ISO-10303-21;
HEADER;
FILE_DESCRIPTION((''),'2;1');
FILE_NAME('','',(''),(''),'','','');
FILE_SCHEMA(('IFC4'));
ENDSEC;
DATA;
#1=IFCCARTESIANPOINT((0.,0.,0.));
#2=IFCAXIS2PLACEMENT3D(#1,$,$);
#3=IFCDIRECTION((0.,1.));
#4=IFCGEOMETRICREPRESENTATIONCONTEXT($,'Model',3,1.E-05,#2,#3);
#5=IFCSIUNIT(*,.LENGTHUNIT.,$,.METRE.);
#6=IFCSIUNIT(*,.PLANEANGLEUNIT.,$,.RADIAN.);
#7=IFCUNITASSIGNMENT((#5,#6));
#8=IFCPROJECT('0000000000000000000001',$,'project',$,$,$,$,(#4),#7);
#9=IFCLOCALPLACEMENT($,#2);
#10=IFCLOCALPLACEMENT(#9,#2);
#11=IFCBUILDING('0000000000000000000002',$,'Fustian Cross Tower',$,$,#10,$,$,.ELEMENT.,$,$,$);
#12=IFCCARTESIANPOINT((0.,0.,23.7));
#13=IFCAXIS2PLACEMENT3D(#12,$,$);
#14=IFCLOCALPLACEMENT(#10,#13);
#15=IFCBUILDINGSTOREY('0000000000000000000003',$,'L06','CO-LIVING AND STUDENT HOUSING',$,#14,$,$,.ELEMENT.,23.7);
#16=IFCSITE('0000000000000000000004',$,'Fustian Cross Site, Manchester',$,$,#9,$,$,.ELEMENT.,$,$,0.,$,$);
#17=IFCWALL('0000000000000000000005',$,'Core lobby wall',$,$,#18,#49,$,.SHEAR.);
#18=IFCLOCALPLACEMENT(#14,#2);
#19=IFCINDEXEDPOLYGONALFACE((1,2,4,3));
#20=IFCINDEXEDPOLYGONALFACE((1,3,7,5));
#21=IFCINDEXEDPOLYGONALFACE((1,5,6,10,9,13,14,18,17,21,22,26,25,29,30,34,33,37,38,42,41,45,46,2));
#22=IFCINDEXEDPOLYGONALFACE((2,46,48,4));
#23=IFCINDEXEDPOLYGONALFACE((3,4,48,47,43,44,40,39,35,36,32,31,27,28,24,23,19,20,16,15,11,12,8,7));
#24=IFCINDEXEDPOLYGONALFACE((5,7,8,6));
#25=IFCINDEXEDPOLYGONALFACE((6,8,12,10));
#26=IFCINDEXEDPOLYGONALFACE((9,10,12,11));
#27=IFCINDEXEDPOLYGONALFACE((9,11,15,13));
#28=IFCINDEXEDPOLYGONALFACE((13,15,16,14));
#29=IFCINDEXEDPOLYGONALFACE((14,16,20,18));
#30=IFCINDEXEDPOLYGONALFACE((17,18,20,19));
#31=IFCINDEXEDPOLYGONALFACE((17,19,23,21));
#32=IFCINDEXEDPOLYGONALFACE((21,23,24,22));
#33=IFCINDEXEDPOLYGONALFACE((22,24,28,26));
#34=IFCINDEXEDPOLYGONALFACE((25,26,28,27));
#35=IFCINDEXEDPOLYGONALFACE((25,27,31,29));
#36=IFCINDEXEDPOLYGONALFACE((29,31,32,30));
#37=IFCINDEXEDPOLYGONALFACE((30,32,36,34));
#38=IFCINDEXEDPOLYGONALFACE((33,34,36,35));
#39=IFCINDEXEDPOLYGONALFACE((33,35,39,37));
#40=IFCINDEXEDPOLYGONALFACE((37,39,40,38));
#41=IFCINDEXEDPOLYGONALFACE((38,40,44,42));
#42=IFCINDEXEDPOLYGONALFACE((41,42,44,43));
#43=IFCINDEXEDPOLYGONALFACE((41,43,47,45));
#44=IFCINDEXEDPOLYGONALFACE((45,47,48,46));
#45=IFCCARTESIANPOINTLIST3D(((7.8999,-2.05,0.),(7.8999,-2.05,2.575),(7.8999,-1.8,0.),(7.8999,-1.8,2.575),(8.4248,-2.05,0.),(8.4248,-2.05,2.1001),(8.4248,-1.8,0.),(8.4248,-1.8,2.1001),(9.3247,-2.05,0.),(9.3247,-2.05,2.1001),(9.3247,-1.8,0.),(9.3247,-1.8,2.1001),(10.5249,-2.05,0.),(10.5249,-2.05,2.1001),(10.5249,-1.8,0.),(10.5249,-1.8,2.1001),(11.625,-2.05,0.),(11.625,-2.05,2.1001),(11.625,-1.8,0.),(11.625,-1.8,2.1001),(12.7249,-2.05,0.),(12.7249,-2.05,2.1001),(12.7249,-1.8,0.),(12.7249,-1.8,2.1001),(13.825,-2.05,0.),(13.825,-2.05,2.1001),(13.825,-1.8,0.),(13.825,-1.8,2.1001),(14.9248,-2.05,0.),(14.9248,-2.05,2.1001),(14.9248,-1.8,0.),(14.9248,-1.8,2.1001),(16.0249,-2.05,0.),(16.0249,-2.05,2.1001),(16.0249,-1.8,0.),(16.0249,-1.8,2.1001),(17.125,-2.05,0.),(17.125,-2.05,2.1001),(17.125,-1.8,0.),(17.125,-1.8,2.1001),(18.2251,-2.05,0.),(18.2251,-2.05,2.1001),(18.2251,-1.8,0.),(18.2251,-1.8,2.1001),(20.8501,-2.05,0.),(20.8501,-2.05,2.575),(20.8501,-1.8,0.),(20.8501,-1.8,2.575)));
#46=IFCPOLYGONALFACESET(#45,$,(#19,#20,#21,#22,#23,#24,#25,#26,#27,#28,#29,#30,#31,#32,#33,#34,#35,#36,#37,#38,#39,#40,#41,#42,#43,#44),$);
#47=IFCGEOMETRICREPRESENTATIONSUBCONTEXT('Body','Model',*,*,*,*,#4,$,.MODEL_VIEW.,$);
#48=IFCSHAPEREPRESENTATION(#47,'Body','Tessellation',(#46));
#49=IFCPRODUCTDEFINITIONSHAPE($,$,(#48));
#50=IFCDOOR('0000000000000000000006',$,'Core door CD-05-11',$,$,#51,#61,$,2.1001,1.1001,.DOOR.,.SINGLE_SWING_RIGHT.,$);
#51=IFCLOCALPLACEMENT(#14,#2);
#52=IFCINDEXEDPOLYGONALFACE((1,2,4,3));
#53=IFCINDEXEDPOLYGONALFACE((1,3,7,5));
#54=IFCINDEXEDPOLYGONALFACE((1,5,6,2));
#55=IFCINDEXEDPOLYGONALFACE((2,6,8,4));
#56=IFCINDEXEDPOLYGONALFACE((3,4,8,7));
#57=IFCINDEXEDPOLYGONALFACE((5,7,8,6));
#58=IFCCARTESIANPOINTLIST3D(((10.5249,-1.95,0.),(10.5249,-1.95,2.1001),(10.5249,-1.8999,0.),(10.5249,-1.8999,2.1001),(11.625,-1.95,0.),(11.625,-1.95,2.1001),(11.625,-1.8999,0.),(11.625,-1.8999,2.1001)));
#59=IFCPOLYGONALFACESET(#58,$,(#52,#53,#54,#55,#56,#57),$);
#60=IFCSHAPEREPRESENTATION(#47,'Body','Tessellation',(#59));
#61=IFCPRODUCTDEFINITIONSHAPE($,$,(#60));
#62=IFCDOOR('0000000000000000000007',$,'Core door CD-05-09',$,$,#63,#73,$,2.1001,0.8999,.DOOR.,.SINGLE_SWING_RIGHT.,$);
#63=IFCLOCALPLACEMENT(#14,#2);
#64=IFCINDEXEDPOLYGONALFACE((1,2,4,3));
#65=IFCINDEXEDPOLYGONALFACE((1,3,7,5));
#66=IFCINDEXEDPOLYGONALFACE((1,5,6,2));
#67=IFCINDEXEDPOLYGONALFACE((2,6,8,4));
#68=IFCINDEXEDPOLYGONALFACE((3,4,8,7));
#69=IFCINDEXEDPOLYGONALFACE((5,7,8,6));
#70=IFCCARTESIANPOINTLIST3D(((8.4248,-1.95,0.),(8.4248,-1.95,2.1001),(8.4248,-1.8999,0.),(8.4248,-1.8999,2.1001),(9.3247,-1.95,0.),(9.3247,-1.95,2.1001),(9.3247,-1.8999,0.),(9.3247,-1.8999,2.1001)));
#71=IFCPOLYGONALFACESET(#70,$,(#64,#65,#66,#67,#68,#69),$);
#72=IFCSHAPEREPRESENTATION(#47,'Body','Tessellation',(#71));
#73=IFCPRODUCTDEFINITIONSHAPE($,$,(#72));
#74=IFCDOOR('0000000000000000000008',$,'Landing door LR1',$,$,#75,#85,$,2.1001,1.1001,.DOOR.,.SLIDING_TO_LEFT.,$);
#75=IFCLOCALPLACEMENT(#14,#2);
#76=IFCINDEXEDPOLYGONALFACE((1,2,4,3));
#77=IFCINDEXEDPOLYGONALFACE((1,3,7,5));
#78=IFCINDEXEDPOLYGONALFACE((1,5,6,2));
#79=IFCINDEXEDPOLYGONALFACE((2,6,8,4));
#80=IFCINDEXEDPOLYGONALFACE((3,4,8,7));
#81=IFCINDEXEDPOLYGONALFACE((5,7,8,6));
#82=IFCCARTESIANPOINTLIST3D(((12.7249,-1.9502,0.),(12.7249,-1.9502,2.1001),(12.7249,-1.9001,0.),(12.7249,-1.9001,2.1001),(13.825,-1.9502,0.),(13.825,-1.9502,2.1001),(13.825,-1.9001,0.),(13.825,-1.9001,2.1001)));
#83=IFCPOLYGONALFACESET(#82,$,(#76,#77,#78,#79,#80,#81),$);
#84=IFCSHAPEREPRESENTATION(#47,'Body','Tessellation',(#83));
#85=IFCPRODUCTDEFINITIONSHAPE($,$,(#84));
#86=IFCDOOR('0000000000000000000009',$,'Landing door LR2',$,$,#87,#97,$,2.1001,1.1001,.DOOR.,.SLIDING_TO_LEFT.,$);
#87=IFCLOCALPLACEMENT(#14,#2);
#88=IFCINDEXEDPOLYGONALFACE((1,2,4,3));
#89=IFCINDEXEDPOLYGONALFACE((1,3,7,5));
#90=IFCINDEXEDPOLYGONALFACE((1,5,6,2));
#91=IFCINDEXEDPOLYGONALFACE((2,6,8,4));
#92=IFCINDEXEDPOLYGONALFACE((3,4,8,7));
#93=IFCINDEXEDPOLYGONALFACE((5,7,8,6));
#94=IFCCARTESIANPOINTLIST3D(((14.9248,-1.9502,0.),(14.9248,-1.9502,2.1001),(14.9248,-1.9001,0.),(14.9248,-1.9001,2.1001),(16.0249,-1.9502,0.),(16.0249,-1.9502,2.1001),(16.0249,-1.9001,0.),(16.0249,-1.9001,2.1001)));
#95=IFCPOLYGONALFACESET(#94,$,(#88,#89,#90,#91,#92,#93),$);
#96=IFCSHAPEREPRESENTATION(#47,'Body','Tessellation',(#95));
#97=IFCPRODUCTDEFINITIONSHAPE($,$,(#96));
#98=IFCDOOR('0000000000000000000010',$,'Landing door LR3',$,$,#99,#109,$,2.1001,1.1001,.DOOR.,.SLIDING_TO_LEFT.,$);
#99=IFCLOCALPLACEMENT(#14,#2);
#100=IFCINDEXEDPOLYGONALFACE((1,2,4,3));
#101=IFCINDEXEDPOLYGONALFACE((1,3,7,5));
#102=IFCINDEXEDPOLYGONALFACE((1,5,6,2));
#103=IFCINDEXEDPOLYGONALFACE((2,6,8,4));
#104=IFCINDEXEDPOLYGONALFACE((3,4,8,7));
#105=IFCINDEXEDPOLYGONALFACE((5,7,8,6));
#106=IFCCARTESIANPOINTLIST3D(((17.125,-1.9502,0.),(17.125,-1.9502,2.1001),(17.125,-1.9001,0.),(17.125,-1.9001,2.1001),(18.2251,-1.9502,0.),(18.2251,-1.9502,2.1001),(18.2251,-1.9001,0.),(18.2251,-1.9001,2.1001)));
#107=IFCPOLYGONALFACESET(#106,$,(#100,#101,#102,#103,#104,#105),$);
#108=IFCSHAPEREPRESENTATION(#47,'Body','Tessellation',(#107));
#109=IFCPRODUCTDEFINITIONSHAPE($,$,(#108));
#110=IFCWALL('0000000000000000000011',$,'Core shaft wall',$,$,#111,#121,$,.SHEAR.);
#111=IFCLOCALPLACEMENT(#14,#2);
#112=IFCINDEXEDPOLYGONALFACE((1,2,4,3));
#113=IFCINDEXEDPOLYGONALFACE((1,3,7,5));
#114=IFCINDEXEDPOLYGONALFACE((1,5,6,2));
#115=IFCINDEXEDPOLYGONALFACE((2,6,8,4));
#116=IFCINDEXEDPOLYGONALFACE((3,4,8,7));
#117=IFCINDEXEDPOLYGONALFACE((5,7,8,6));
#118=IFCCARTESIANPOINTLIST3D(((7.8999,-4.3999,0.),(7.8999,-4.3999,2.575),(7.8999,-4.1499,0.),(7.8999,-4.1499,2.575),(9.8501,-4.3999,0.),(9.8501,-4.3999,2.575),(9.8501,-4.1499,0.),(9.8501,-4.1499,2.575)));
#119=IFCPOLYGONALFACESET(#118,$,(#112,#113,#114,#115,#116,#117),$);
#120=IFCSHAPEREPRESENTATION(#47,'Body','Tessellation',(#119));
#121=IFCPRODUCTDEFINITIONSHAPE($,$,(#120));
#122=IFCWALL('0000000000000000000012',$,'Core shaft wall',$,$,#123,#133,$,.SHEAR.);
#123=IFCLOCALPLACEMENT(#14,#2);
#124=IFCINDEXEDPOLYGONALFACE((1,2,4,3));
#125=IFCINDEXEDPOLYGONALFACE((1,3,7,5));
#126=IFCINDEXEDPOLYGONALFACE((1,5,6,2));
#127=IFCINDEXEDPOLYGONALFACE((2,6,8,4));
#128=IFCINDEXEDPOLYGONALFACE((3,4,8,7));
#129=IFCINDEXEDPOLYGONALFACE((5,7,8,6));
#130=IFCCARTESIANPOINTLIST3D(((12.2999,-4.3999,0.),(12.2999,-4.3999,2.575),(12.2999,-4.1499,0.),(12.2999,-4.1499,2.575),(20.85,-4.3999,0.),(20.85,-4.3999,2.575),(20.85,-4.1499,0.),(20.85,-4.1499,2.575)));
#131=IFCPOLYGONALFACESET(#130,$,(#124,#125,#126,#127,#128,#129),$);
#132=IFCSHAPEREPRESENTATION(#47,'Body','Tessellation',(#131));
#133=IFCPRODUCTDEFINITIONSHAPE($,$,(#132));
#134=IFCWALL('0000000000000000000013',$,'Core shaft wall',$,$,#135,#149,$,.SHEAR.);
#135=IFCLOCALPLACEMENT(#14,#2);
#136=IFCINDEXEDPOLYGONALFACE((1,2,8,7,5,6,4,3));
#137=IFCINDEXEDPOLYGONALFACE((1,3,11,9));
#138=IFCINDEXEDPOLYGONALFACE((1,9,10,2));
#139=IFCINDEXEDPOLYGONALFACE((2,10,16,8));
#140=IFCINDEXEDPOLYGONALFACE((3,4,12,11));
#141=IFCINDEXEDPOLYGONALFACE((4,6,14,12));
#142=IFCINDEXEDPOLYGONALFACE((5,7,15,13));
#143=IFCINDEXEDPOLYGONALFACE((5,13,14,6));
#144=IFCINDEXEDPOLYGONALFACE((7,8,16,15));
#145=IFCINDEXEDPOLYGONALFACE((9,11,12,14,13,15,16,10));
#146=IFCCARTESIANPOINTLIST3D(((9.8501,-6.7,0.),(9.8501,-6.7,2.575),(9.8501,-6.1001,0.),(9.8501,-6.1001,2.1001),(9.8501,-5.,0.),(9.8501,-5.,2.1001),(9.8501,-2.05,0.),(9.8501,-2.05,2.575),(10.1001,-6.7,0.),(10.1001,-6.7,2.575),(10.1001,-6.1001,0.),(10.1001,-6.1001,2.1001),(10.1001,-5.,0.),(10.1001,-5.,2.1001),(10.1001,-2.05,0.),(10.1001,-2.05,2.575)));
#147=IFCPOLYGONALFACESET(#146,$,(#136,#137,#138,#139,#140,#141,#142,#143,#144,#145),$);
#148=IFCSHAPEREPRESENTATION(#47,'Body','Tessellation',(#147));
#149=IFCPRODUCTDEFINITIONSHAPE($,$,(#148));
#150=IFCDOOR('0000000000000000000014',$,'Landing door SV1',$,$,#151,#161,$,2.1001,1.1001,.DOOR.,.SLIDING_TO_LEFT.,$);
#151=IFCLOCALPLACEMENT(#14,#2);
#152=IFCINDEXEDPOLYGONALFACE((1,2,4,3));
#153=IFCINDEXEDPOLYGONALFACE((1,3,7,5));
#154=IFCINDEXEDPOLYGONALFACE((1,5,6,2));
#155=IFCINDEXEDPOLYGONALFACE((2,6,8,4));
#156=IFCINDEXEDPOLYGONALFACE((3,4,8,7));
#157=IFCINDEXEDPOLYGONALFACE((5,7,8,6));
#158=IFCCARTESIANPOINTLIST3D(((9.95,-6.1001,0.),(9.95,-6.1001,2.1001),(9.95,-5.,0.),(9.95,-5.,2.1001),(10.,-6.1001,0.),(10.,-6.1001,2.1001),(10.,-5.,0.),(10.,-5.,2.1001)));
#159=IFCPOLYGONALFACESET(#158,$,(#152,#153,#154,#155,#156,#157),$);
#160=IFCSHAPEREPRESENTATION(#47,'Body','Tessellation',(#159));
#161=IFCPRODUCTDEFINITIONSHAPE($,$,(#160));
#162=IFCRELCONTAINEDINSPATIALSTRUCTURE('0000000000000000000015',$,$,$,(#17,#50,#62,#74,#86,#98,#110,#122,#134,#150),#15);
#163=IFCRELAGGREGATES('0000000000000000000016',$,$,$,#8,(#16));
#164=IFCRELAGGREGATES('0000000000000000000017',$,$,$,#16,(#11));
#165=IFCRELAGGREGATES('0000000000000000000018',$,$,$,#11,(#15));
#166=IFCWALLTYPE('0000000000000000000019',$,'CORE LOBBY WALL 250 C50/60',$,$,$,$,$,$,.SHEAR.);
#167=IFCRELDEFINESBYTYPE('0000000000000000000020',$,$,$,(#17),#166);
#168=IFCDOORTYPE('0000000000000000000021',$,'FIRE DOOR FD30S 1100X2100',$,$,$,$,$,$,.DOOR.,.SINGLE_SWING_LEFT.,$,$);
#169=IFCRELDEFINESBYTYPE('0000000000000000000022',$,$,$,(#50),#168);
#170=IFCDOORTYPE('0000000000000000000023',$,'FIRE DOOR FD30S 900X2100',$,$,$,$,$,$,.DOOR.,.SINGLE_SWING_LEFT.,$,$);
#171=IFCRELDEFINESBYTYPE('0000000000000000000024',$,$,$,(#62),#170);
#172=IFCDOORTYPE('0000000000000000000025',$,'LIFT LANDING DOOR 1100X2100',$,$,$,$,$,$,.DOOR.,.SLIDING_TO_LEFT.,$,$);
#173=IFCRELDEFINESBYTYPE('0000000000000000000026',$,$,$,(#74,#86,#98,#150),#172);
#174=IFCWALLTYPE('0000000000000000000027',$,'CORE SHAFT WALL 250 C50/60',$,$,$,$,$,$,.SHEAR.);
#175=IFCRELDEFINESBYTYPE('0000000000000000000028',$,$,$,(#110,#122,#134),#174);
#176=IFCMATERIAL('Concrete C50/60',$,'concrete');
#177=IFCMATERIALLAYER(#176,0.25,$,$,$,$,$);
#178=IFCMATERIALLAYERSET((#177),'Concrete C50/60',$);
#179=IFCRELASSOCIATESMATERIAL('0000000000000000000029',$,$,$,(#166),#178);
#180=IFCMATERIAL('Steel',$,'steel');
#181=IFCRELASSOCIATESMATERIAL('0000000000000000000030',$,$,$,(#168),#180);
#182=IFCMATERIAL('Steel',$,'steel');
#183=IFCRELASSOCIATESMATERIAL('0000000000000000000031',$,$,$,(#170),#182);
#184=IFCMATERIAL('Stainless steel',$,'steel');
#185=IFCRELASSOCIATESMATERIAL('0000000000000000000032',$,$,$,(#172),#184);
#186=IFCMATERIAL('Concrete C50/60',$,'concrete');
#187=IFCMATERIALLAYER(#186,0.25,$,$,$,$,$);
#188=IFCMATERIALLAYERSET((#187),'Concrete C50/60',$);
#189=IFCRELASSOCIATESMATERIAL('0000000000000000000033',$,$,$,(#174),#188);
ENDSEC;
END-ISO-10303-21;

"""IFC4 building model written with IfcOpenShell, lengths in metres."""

from ifc_helpers import new_model, si_unit, direction, frame, frame_2d, origin, place, context, subcontext, project, spatial, rectangle, extrude, material, layer, layer_set, type_object, element, fill, save


model = new_model("IFC4")

# Units and contexts
model_context = context("Model", 3, precision=1e-05, world=origin(), true_north=direction((0.0, 1.0)))
body_context = subcontext(model_context, "Body", "Model", "MODEL_VIEW")
ifc_project = project(units=[si_unit("LENGTHUNIT", "METRE"), si_unit("PLANEANGLEUNIT", "RADIAN")], contexts=[model_context])

# Site, building, storey
site_placement = place(None, origin())
site = spatial("IfcSite", under=ifc_project, at=site_placement, Name="Fustian Cross Site, Manchester", CompositionType="ELEMENT", RefElevation=0.0)
building_placement = place(site_placement, origin())
building = spatial("IfcBuilding", under=site, at=building_placement, Name="Fustian Cross Tower", CompositionType="ELEMENT")
storey_placement = place(building_placement, frame((0.0, 0.0, 23.7)))
storey = spatial("IfcBuildingStorey", under=building, at=storey_placement, Name="L06", Description="CO-LIVING AND STUDENT HOUSING", CompositionType="ELEMENT", Elevation=23.7)

# Wall, openings, doors
ifc_material_1 = material(Name="Concrete C50/60", Category="concrete")
ifc_layer_1 = layer(ifc_material_1, 0.25)
ifc_layer_set_1 = layer_set([ifc_layer_1], Name="Concrete C50/60")
wall_type_1 = type_object("IfcWallType", Name="CORE LOBBY WALL 250 C50/60", PredefinedType="SHEAR", material=ifc_layer_set_1)
wall_1_placement = place(storey_placement, frame((7.8999, -1.925, 0.0), z_axis=(0.0, 0.0, 1.0), x_axis=(1.0, 0.0, 0.0)))
wall_1 = element("IfcWall", 1, at=wall_1_placement, inside=storey, type_object=wall_type_1, Name="Core lobby wall", PredefinedType="SHEAR", context=body_context, shape_type="SweptSolid", body=[
    extrude(rectangle(XDim=12.9502, YDim=0.25, at=frame_2d((6.4751, 0.0))), origin(), (0.0, 0.0, 1.0), 2.575),
])
opening_1_placement = place(wall_1_placement, frame((4.825, 0.0, 0.0)))
opening_1 = element("IfcOpeningElement", 2, at=opening_1_placement, cuts=wall_1, PredefinedType="OPENING", context=body_context, shape_type="SweptSolid", body=[
    extrude(rectangle(XDim=1.1001, YDim=2.1001, at=frame_2d((0.55, 1.05))), frame((0.0, 0.135, 0.0), z_axis=(0.0, -1.0, 0.0), x_axis=(1.0, 0.0, 0.0)), (0.0, 0.0, 1.0), 0.27),
])
opening_2_placement = place(wall_1_placement, frame((7.0249, 0.0, 0.0)))
opening_2 = element("IfcOpeningElement", 3, at=opening_2_placement, cuts=wall_1, PredefinedType="OPENING", context=body_context, shape_type="SweptSolid", body=[
    extrude(rectangle(XDim=1.1001, YDim=2.1001, at=frame_2d((0.55, 1.05))), frame((0.0, 0.135, 0.0), z_axis=(0.0, -1.0, 0.0), x_axis=(1.0, 0.0, 0.0)), (0.0, 0.0, 1.0), 0.27),
])
opening_3_placement = place(wall_1_placement, frame((9.2251, 0.0, 0.0)))
opening_3 = element("IfcOpeningElement", 4, at=opening_3_placement, cuts=wall_1, PredefinedType="OPENING", context=body_context, shape_type="SweptSolid", body=[
    extrude(rectangle(XDim=1.1001, YDim=2.1001, at=frame_2d((0.55, 1.05))), frame((0.0, 0.135, 0.0), z_axis=(0.0, -1.0, 0.0), x_axis=(1.0, 0.0, 0.0)), (0.0, 0.0, 1.0), 0.27),
])
opening_4_placement = place(wall_1_placement, frame((0.5249, 0.0, 0.0)))
opening_4 = element("IfcOpeningElement", 5, at=opening_4_placement, cuts=wall_1, PredefinedType="OPENING", context=body_context, shape_type="SweptSolid", body=[
    extrude(rectangle(XDim=0.8999, YDim=2.1001, at=frame_2d((0.45, 1.05))), frame((0.0, 0.135, 0.0), z_axis=(0.0, -1.0, 0.0), x_axis=(1.0, 0.0, 0.0)), (0.0, 0.0, 1.0), 0.27),
])
opening_5_placement = place(wall_1_placement, frame((2.625, 0.0, 0.0)))
opening_5 = element("IfcOpeningElement", 6, at=opening_5_placement, cuts=wall_1, PredefinedType="OPENING", context=body_context, shape_type="SweptSolid", body=[
    extrude(rectangle(XDim=1.1001, YDim=2.1001, at=frame_2d((0.55, 1.05))), frame((0.0, 0.135, 0.0), z_axis=(0.0, -1.0, 0.0), x_axis=(1.0, 0.0, 0.0)), (0.0, 0.0, 1.0), 0.27),
])
ifc_material_2 = material(Name="Steel", Category="steel")
door_type_1 = type_object("IfcDoorType", Name="FIRE DOOR FD30S 1100X2100", OperationType="SINGLE_SWING_LEFT", PredefinedType="DOOR", material=ifc_material_2)
door_1_placement = place(opening_5_placement, frame((1.1001, 0.0, 0.0), z_axis=(0.0, 0.0, 1.0), x_axis=(-1.0, 0.0, 0.0)))
door_1 = element("IfcDoor", 7, at=door_1_placement, inside=storey, type_object=door_type_1, Name="Core door CD-05-11", OperationType="SINGLE_SWING_RIGHT", OverallHeight=2.1001, OverallWidth=1.1001, PredefinedType="DOOR", context=body_context, shape_type="SweptSolid", body=[
    extrude(rectangle(XDim=1.1001, YDim=2.1001, at=frame_2d((0.55, 1.05))), frame((0.0, 0.0249, 0.0), z_axis=(0.0, -1.0, 0.0), x_axis=(1.0, 0.0, 0.0)), (0.0, 0.0, 1.0), 0.05),
])
fill(opening_5, door_1)
ifc_material_3 = material(Name="Steel", Category="steel")
door_type_2 = type_object("IfcDoorType", Name="FIRE DOOR FD30S 900X2100", OperationType="SINGLE_SWING_LEFT", PredefinedType="DOOR", material=ifc_material_3)
door_2_placement = place(opening_4_placement, frame((0.8999, 0.0, 0.0), z_axis=(0.0, 0.0, 1.0), x_axis=(-1.0, 0.0, 0.0)))
door_2 = element("IfcDoor", 8, at=door_2_placement, inside=storey, type_object=door_type_2, Name="Core door CD-05-09", OperationType="SINGLE_SWING_RIGHT", OverallHeight=2.1001, OverallWidth=0.8999, PredefinedType="DOOR", context=body_context, shape_type="SweptSolid", body=[
    extrude(rectangle(XDim=0.8999, YDim=2.1001, at=frame_2d((0.45, 1.05))), frame((0.0, 0.0249, 0.0), z_axis=(0.0, -1.0, 0.0), x_axis=(1.0, 0.0, 0.0)), (0.0, 0.0, 1.0), 0.05),
])
fill(opening_4, door_2)
ifc_material_4 = material(Name="Stainless steel", Category="steel")
door_type_3 = type_object("IfcDoorType", Name="LIFT LANDING DOOR 1100X2100", OperationType="SLIDING_TO_LEFT", PredefinedType="DOOR", material=ifc_material_4)
door_3_placement = place(opening_1_placement, origin())
door_3 = element("IfcDoor", 9, at=door_3_placement, inside=storey, type_object=door_type_3, Name="Landing door LR1", OperationType="SLIDING_TO_LEFT", OverallHeight=2.1001, OverallWidth=1.1001, PredefinedType="DOOR", context=body_context, shape_type="SweptSolid", body=[
    extrude(rectangle(XDim=1.1001, YDim=2.1001, at=frame_2d((0.55, 1.05))), frame((0.0, 0.0249, 0.0), z_axis=(0.0, -1.0, 0.0), x_axis=(1.0, 0.0, 0.0)), (0.0, 0.0, 1.0), 0.05),
])
fill(opening_1, door_3)
door_4_placement = place(opening_2_placement, origin())
door_4 = element("IfcDoor", 10, at=door_4_placement, inside=storey, type_object=door_type_3, Name="Landing door LR2", OperationType="SLIDING_TO_LEFT", OverallHeight=2.1001, OverallWidth=1.1001, PredefinedType="DOOR", context=body_context, shape_type="SweptSolid", body=[
    extrude(rectangle(XDim=1.1001, YDim=2.1001, at=frame_2d((0.55, 1.05))), frame((0.0, 0.0249, 0.0), z_axis=(0.0, -1.0, 0.0), x_axis=(1.0, 0.0, 0.0)), (0.0, 0.0, 1.0), 0.05),
])
fill(opening_2, door_4)
door_5_placement = place(opening_3_placement, origin())
door_5 = element("IfcDoor", 11, at=door_5_placement, inside=storey, type_object=door_type_3, Name="Landing door LR3", OperationType="SLIDING_TO_LEFT", OverallHeight=2.1001, OverallWidth=1.1001, PredefinedType="DOOR", context=body_context, shape_type="SweptSolid", body=[
    extrude(rectangle(XDim=1.1001, YDim=2.1001, at=frame_2d((0.55, 1.05))), frame((0.0, 0.0249, 0.0), z_axis=(0.0, -1.0, 0.0), x_axis=(1.0, 0.0, 0.0)), (0.0, 0.0, 1.0), 0.05),
])
fill(opening_3, door_5)

# Walls
ifc_material_5 = material(Name="Concrete C50/60", Category="concrete")
ifc_layer_2 = layer(ifc_material_5, 0.25)
ifc_layer_set_2 = layer_set([ifc_layer_2], Name="Concrete C50/60")
wall_type_2 = type_object("IfcWallType", Name="CORE SHAFT WALL 250 C50/60", PredefinedType="SHEAR", material=ifc_layer_set_2)
wall_2_placement = place(storey_placement, frame((7.8999, -4.2749, 0.0), z_axis=(0.0, 0.0, 1.0), x_axis=(1.0, 0.0, 0.0)))
element("IfcWall", 12, at=wall_2_placement, inside=storey, type_object=wall_type_2, Name="Core shaft wall", PredefinedType="SHEAR", context=body_context, shape_type="SweptSolid", body=[
    extrude(rectangle(XDim=1.9502, YDim=0.25, at=frame_2d((0.9751, 0.0))), origin(), (0.0, 0.0, 1.0), 2.575),
])
wall_3_placement = place(storey_placement, frame((12.3, -4.2749, 0.0), z_axis=(0.0, 0.0, 1.0), x_axis=(1.0, 0.0, 0.0)))
element("IfcWall", 13, at=wall_3_placement, inside=storey, type_object=wall_type_2, Name="Core shaft wall", PredefinedType="SHEAR", context=body_context, shape_type="SweptSolid", body=[
    extrude(rectangle(XDim=8.55, YDim=0.25, at=frame_2d((4.2749, 0.0))), origin(), (0.0, 0.0, 1.0), 2.575),
])

# Wall, opening, door
wall_4_placement = place(storey_placement, frame((9.9751, -2.05, 0.0), z_axis=(0.0, 0.0, 1.0), x_axis=(0.0, -1.0, 0.0)))
wall_4 = element("IfcWall", 14, at=wall_4_placement, inside=storey, type_object=wall_type_2, Name="Core shaft wall", PredefinedType="SHEAR", context=body_context, shape_type="SweptSolid", body=[
    extrude(rectangle(XDim=4.6499, YDim=0.25, at=frame_2d((2.325, 0.0))), origin(), (0.0, 0.0, 1.0), 2.575),
])
opening_6_placement = place(wall_4_placement, frame((2.95, 0.0, 0.0)))
opening_6 = element("IfcOpeningElement", 15, at=opening_6_placement, cuts=wall_4, PredefinedType="OPENING", context=body_context, shape_type="SweptSolid", body=[
    extrude(rectangle(XDim=1.1001, YDim=2.1001, at=frame_2d((0.55, 1.05))), frame((0.0, 0.135, 0.0), z_axis=(0.0, -1.0, 0.0), x_axis=(1.0, 0.0, 0.0)), (0.0, 0.0, 1.0), 0.27),
])
door_6_placement = place(opening_6_placement, origin())
door_6 = element("IfcDoor", 16, at=door_6_placement, inside=storey, type_object=door_type_3, Name="Landing door SV1", OperationType="SLIDING_TO_LEFT", OverallHeight=2.1001, OverallWidth=1.1001, PredefinedType="DOOR", context=body_context, shape_type="SweptSolid", body=[
    extrude(rectangle(XDim=1.1001, YDim=2.1001, at=frame_2d((0.55, 1.05))), frame((0.0, 0.0249, 0.0), z_axis=(0.0, -1.0, 0.0), x_axis=(1.0, 0.0, 0.0)), (0.0, 0.0, 1.0), 0.05),
])
fill(opening_6, door_6)

save(model, "model.ifc")
